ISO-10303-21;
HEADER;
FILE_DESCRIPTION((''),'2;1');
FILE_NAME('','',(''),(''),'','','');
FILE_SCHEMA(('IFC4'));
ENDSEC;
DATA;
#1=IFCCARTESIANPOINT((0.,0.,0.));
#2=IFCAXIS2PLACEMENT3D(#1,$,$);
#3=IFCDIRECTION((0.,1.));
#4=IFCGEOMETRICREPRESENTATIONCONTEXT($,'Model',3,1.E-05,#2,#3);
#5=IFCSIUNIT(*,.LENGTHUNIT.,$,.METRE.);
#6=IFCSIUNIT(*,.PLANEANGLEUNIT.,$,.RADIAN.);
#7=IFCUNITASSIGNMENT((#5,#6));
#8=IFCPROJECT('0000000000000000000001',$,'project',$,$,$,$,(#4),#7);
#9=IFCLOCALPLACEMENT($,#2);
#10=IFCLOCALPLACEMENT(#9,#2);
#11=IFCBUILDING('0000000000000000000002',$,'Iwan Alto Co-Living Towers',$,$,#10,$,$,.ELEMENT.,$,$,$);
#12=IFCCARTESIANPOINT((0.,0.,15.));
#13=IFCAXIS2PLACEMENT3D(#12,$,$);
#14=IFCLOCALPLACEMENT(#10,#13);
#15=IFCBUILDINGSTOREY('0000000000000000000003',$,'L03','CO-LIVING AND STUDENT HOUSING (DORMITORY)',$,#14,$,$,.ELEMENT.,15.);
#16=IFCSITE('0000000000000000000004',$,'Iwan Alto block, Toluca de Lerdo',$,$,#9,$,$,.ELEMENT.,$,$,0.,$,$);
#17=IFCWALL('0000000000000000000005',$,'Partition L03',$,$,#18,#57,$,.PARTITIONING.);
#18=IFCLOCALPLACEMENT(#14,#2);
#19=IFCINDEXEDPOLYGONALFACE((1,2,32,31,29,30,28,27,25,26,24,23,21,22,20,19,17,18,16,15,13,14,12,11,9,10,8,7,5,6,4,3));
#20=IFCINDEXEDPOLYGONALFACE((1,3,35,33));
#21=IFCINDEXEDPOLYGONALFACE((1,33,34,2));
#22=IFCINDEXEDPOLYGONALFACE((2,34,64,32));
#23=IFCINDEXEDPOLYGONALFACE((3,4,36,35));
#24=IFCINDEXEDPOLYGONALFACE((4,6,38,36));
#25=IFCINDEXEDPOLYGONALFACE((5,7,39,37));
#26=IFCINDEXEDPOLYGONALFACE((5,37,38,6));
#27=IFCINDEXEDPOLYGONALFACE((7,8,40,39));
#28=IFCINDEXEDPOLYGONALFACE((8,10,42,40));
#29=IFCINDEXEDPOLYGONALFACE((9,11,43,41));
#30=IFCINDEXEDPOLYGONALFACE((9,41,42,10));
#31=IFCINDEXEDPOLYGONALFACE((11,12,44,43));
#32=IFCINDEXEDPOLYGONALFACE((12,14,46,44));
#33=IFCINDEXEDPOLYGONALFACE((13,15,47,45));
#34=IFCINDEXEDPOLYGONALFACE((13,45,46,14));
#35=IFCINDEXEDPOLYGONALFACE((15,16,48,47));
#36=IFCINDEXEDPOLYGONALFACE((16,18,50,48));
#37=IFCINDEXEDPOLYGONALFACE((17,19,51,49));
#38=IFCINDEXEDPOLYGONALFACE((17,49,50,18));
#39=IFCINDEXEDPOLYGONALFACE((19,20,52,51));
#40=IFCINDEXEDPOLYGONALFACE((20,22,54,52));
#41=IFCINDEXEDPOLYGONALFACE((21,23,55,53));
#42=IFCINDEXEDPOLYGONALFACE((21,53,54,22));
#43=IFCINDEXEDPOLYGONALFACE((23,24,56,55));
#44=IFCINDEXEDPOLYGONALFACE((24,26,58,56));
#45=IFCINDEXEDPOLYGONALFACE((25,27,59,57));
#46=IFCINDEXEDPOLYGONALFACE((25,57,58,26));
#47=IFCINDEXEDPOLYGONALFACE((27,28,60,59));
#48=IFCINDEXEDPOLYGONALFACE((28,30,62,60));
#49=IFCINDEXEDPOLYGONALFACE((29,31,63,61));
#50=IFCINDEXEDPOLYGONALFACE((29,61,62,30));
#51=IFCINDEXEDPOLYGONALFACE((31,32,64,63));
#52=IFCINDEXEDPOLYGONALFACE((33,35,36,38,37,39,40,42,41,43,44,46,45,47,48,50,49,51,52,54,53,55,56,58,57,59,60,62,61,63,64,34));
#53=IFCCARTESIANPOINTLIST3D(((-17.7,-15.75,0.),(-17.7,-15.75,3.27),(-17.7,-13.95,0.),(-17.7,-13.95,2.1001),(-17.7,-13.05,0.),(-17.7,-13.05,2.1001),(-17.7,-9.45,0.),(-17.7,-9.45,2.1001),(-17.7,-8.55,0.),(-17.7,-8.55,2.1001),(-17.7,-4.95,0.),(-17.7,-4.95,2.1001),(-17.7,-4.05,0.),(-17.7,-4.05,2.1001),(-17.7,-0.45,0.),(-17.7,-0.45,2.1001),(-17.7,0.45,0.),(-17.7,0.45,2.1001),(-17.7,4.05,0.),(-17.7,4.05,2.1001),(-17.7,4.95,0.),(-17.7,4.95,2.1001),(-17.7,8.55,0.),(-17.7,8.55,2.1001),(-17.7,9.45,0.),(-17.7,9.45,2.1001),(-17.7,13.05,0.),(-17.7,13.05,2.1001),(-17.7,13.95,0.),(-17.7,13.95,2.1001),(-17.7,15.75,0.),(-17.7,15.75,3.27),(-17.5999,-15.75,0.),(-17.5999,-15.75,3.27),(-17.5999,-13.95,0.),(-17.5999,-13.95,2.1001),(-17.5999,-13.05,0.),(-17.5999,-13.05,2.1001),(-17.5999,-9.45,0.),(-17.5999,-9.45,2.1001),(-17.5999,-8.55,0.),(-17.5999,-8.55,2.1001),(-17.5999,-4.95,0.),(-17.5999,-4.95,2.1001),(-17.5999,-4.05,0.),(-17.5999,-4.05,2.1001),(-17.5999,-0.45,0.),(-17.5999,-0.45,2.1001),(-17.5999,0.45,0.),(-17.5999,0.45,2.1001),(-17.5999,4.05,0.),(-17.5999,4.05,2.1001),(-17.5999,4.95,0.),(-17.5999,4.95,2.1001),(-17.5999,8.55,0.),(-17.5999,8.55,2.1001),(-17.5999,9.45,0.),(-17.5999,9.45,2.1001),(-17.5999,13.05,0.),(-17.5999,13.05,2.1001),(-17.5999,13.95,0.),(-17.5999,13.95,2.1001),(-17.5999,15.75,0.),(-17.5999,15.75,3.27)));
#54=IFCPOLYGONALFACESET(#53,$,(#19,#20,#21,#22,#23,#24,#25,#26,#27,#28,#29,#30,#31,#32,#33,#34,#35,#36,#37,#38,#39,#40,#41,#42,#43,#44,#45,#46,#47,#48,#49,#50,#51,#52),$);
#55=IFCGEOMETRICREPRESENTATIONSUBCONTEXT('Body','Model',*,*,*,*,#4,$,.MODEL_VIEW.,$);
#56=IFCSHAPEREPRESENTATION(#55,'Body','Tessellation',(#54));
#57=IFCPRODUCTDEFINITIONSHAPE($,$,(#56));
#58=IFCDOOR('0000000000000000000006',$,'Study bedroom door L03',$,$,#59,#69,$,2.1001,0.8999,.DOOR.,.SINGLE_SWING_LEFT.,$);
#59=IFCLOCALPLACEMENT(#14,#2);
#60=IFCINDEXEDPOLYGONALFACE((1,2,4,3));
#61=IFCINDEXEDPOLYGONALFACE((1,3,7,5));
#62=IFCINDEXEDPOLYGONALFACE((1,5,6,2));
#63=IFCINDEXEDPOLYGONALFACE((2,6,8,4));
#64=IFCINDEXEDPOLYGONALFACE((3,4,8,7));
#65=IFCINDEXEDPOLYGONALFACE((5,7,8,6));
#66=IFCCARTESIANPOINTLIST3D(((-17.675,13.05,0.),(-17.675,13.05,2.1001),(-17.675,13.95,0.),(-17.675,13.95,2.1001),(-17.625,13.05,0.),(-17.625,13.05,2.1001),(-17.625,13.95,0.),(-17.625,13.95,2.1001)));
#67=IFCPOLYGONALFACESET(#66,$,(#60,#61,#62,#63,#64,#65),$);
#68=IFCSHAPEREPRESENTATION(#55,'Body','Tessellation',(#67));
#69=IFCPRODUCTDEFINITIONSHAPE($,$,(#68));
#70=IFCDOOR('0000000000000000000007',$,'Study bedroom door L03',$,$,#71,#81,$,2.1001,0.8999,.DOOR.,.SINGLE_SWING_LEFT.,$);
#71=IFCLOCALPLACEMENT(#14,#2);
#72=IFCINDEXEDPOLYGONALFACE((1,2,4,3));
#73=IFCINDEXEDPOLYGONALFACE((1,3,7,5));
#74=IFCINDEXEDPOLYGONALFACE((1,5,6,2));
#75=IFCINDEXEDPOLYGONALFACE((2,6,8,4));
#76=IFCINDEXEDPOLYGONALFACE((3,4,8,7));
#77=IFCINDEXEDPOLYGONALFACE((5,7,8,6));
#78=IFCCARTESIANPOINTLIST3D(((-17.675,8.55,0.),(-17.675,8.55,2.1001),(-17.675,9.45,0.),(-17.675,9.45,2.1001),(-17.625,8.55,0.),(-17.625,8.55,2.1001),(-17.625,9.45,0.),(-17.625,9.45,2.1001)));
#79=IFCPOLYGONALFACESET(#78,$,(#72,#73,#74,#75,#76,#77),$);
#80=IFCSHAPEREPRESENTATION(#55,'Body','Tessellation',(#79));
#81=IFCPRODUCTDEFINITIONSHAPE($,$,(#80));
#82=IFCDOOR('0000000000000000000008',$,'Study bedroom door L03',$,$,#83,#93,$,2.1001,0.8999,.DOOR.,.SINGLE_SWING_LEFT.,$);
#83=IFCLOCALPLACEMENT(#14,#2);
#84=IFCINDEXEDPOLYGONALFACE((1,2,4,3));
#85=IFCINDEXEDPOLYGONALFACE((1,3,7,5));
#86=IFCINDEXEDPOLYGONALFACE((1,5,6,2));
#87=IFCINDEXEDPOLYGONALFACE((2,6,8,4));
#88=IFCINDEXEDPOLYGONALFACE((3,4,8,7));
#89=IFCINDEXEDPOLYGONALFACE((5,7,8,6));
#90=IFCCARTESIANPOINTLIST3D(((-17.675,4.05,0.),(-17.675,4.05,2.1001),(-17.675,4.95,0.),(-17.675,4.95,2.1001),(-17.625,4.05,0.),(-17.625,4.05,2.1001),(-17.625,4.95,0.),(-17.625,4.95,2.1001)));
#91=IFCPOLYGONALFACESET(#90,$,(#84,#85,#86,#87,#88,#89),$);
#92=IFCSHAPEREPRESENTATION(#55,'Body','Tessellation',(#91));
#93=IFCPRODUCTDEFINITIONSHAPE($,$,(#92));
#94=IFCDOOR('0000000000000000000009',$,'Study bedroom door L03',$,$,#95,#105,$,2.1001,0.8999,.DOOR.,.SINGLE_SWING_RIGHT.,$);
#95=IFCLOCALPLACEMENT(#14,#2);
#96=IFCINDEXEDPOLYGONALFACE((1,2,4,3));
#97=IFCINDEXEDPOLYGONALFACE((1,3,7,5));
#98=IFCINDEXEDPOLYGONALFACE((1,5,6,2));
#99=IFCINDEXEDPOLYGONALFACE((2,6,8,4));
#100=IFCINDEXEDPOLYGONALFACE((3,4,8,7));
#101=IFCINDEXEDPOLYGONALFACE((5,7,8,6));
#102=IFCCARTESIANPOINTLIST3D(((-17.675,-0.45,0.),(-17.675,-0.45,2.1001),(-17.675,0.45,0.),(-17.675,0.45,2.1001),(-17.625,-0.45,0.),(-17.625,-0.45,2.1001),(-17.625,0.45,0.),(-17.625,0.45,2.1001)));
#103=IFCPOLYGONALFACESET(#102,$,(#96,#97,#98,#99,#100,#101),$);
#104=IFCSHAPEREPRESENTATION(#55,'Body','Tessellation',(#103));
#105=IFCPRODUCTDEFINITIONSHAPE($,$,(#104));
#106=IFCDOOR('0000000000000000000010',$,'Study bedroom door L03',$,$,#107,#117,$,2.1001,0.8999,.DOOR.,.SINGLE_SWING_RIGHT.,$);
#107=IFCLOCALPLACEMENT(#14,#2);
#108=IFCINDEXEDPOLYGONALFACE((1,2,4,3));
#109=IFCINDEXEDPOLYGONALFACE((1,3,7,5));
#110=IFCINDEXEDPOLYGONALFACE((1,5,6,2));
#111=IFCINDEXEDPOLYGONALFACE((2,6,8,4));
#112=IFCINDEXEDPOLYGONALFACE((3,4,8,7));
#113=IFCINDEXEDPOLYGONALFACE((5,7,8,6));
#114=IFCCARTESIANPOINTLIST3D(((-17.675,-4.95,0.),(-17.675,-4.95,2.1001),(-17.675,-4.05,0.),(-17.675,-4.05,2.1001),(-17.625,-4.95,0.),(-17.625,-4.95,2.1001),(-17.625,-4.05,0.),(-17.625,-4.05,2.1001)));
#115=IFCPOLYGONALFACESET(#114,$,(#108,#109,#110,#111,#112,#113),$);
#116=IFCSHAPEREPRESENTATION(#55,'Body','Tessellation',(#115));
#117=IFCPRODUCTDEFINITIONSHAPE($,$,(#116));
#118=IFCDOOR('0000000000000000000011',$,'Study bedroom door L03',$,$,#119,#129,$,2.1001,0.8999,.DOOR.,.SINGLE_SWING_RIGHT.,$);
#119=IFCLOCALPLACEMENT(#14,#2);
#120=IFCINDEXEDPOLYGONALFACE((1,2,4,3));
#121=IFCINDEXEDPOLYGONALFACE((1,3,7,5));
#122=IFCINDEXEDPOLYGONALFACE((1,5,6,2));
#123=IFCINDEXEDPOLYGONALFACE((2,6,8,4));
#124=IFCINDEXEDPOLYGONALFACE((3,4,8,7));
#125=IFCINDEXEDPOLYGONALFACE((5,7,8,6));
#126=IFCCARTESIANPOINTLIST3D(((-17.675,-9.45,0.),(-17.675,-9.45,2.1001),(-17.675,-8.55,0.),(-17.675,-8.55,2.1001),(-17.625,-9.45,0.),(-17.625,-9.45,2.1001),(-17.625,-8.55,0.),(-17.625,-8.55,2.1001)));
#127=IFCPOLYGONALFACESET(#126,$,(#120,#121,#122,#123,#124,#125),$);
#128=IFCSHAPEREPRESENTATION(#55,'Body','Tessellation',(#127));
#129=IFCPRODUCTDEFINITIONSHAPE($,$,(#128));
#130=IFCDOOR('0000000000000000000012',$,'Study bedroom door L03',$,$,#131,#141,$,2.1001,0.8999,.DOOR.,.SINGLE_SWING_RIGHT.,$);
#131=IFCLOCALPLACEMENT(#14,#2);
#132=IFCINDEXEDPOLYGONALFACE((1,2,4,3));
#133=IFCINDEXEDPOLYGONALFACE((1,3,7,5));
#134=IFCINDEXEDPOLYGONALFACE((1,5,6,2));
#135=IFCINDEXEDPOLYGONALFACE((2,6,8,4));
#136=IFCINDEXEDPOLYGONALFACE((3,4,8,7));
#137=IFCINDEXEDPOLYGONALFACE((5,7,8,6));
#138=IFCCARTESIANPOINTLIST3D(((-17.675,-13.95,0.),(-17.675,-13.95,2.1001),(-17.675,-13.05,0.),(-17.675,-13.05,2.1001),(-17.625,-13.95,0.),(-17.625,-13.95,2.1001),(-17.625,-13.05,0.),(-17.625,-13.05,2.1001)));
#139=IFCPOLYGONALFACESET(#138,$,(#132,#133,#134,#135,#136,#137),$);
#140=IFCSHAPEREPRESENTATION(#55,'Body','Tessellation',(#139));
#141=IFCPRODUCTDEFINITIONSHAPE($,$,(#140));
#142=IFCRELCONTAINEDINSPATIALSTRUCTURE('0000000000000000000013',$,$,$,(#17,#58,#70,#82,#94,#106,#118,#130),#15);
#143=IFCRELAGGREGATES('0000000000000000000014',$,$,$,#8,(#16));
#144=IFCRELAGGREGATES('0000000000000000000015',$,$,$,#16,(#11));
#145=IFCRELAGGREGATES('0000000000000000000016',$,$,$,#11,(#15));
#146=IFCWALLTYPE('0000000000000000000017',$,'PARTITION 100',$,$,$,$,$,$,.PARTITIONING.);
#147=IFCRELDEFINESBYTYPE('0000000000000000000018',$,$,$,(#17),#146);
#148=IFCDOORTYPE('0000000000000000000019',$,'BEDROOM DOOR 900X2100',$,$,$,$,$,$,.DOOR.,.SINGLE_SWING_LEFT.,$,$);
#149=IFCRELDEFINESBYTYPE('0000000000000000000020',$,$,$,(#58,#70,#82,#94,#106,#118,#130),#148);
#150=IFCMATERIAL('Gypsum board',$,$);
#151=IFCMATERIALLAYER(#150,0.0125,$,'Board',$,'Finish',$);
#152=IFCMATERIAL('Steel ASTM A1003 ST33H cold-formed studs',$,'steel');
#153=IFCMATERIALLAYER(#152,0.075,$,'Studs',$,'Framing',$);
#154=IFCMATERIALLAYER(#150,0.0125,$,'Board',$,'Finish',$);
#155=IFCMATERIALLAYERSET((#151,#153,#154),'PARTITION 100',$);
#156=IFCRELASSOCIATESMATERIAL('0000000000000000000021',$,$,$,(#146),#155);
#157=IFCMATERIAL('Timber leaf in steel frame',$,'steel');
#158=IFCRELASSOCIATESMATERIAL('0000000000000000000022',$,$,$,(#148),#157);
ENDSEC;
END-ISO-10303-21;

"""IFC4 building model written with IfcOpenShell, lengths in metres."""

from ifc_helpers import new_model, si_unit, direction, frame, frame_2d, origin, place, context, subcontext, project, spatial, rectangle, extrude, material, layer, layer_set, type_object, element, fill, save


model = new_model("IFC4")

# Units and contexts
model_context = context("Model", 3, precision=1e-05, world=origin(), true_north=direction((0.0, 1.0)))
body_context = subcontext(model_context, "Body", "Model", "MODEL_VIEW")
ifc_project = project(units=[si_unit("LENGTHUNIT", "METRE"), si_unit("PLANEANGLEUNIT", "RADIAN")], contexts=[model_context])

# Site, building, storey
site_placement = place(None, origin())
site = spatial("IfcSite", under=ifc_project, at=site_placement, Name="Iwan Alto block, Toluca de Lerdo", CompositionType="ELEMENT", RefElevation=0.0)
building_placement = place(site_placement, origin())
building = spatial("IfcBuilding", under=site, at=building_placement, Name="Iwan Alto Co-Living Towers", CompositionType="ELEMENT")
storey_placement = place(building_placement, frame((0.0, 0.0, 15.0)))
storey = spatial("IfcBuildingStorey", under=building, at=storey_placement, Name="L03", Description="CO-LIVING AND STUDENT HOUSING (DORMITORY)", CompositionType="ELEMENT", Elevation=15.0)

# Shared definitions
ifc_material_1 = material(Name="Gypsum board")
ifc_layer_1 = layer(ifc_material_1, 0.0125, Name="Board", Category="Finish")
ifc_material_2 = material(Name="Steel ASTM A1003 ST33H cold-formed studs", Category="steel")
ifc_layer_2 = layer(ifc_material_2, 0.075, Name="Studs", Category="Framing")
ifc_layer_3 = layer(ifc_material_1, 0.0125, Name="Board", Category="Finish")
ifc_layer_set = layer_set([ifc_layer_1, ifc_layer_2, ifc_layer_3], Name="PARTITION 100")
wall_type = type_object("IfcWallType", Name="PARTITION 100", PredefinedType="PARTITIONING", material=ifc_layer_set)
ifc_material_3 = material(Name="Timber leaf in steel frame", Category="steel")
door_type_1 = type_object("IfcDoorType", Name="BEDROOM DOOR 900X2100", OperationType="SINGLE_SWING_LEFT", PredefinedType="DOOR", material=ifc_material_3)

# Wall, openings, doors
wall_1_placement = place(storey_placement, frame((-17.6499, -15.75, 0.0), z_axis=(0.0, 0.0, 1.0), x_axis=(0.0, 1.0, 0.0)))
wall_1 = element("IfcWall", 1, at=wall_1_placement, inside=storey, type_object=wall_type, Name="Partition L03", PredefinedType="PARTITIONING", context=body_context, shape_type="SweptSolid", body=[
    extrude(rectangle(XDim=31.5, YDim=0.1001, at=frame_2d((15.75, 0.0))), origin(), (0.0, 0.0, 1.0), 3.27),
])
opening_1_placement = place(wall_1_placement, frame((28.8, 0.0, 0.0)))
opening_1 = element("IfcOpeningElement", 2, at=opening_1_placement, cuts=wall_1, PredefinedType="OPENING", context=body_context, shape_type="SweptSolid", body=[
    extrude(rectangle(XDim=0.8999, YDim=2.1001, at=frame_2d((0.45, 1.05))), frame((0.0, 0.0601, 0.0), z_axis=(0.0, -1.0, 0.0), x_axis=(1.0, 0.0, 0.0)), (0.0, 0.0, 1.0), 0.1201),
])
opening_2_placement = place(wall_1_placement, frame((24.3, 0.0, 0.0)))
opening_2 = element("IfcOpeningElement", 3, at=opening_2_placement, cuts=wall_1, PredefinedType="OPENING", context=body_context, shape_type="SweptSolid", body=[
    extrude(rectangle(XDim=0.8999, YDim=2.1001, at=frame_2d((0.45, 1.05))), frame((0.0, 0.0601, 0.0), z_axis=(0.0, -1.0, 0.0), x_axis=(1.0, 0.0, 0.0)), (0.0, 0.0, 1.0), 0.1201),
])
opening_3_placement = place(wall_1_placement, frame((19.8, 0.0, 0.0)))
opening_3 = element("IfcOpeningElement", 4, at=opening_3_placement, cuts=wall_1, PredefinedType="OPENING", context=body_context, shape_type="SweptSolid", body=[
    extrude(rectangle(XDim=0.8999, YDim=2.1001, at=frame_2d((0.45, 1.05))), frame((0.0, 0.0601, 0.0), z_axis=(0.0, -1.0, 0.0), x_axis=(1.0, 0.0, 0.0)), (0.0, 0.0, 1.0), 0.1201),
])
opening_4_placement = place(wall_1_placement, frame((15.3, 0.0, 0.0)))
opening_4 = element("IfcOpeningElement", 5, at=opening_4_placement, cuts=wall_1, PredefinedType="OPENING", context=body_context, shape_type="SweptSolid", body=[
    extrude(rectangle(XDim=0.8999, YDim=2.1001, at=frame_2d((0.45, 1.05))), frame((0.0, 0.0601, 0.0), z_axis=(0.0, -1.0, 0.0), x_axis=(1.0, 0.0, 0.0)), (0.0, 0.0, 1.0), 0.1201),
])
opening_5_placement = place(wall_1_placement, frame((10.8, 0.0, 0.0)))
opening_5 = element("IfcOpeningElement", 6, at=opening_5_placement, cuts=wall_1, PredefinedType="OPENING", context=body_context, shape_type="SweptSolid", body=[
    extrude(rectangle(XDim=0.8999, YDim=2.1001, at=frame_2d((0.45, 1.05))), frame((0.0, 0.0601, 0.0), z_axis=(0.0, -1.0, 0.0), x_axis=(1.0, 0.0, 0.0)), (0.0, 0.0, 1.0), 0.1201),
])
opening_6_placement = place(wall_1_placement, frame((6.3, 0.0, 0.0)))
opening_6 = element("IfcOpeningElement", 7, at=opening_6_placement, cuts=wall_1, PredefinedType="OPENING", context=body_context, shape_type="SweptSolid", body=[
    extrude(rectangle(XDim=0.8999, YDim=2.1001, at=frame_2d((0.45, 1.05))), frame((0.0, 0.0601, 0.0), z_axis=(0.0, -1.0, 0.0), x_axis=(1.0, 0.0, 0.0)), (0.0, 0.0, 1.0), 0.1201),
])
opening_7_placement = place(wall_1_placement, frame((1.8, 0.0, 0.0)))
opening_7 = element("IfcOpeningElement", 8, at=opening_7_placement, cuts=wall_1, PredefinedType="OPENING", context=body_context, shape_type="SweptSolid", body=[
    extrude(rectangle(XDim=0.8999, YDim=2.1001, at=frame_2d((0.45, 1.05))), frame((0.0, 0.0601, 0.0), z_axis=(0.0, -1.0, 0.0), x_axis=(1.0, 0.0, 0.0)), (0.0, 0.0, 1.0), 0.1201),
])
door_1_placement = place(opening_1_placement, frame((0.8999, 0.0, 0.0), z_axis=(0.0, 0.0, 1.0), x_axis=(-1.0, 0.0, 0.0)))
door_1 = element("IfcDoor", 9, at=door_1_placement, inside=storey, type_object=door_type_1, Name="Study bedroom door L03", OperationType="SINGLE_SWING_LEFT", OverallHeight=2.1001, OverallWidth=0.8999, PredefinedType="DOOR", context=body_context, shape_type="SweptSolid", body=[
    extrude(rectangle(XDim=0.8999, YDim=2.1001, at=frame_2d((0.45, 1.05))), frame((0.0, 0.0249, 0.0), z_axis=(0.0, -1.0, 0.0), x_axis=(1.0, 0.0, 0.0)), (0.0, 0.0, 1.0), 0.05),
])
fill(opening_1, door_1)
door_2_placement = place(opening_2_placement, frame((0.8999, 0.0, 0.0), z_axis=(0.0, 0.0, 1.0), x_axis=(-1.0, 0.0, 0.0)))
door_2 = element("IfcDoor", 10, at=door_2_placement, inside=storey, type_object=door_type_1, Name="Study bedroom door L03", OperationType="SINGLE_SWING_LEFT", OverallHeight=2.1001, OverallWidth=0.8999, PredefinedType="DOOR", context=body_context, shape_type="SweptSolid", body=[
    extrude(rectangle(XDim=0.8999, YDim=2.1001, at=frame_2d((0.45, 1.05))), frame((0.0, 0.0249, 0.0), z_axis=(0.0, -1.0, 0.0), x_axis=(1.0, 0.0, 0.0)), (0.0, 0.0, 1.0), 0.05),
])
fill(opening_2, door_2)
door_3_placement = place(opening_3_placement, frame((0.8999, 0.0, 0.0), z_axis=(0.0, 0.0, 1.0), x_axis=(-1.0, 0.0, 0.0)))
door_3 = element("IfcDoor", 11, at=door_3_placement, inside=storey, type_object=door_type_1, Name="Study bedroom door L03", OperationType="SINGLE_SWING_LEFT", OverallHeight=2.1001, OverallWidth=0.8999, PredefinedType="DOOR", context=body_context, shape_type="SweptSolid", body=[
    extrude(rectangle(XDim=0.8999, YDim=2.1001, at=frame_2d((0.45, 1.05))), frame((0.0, 0.0249, 0.0), z_axis=(0.0, -1.0, 0.0), x_axis=(1.0, 0.0, 0.0)), (0.0, 0.0, 1.0), 0.05),
])
fill(opening_3, door_3)
door_4_placement = place(opening_4_placement, frame((0.8999, 0.0, 0.0), z_axis=(0.0, 0.0, 1.0), x_axis=(-1.0, 0.0, 0.0)))
door_4 = element("IfcDoor", 12, at=door_4_placement, inside=storey, type_object=door_type_1, Name="Study bedroom door L03", OperationType="SINGLE_SWING_RIGHT", OverallHeight=2.1001, OverallWidth=0.8999, PredefinedType="DOOR", context=body_context, shape_type="SweptSolid", body=[
    extrude(rectangle(XDim=0.8999, YDim=2.1001, at=frame_2d((0.45, 1.05))), frame((0.0, 0.0249, 0.0), z_axis=(0.0, -1.0, 0.0), x_axis=(1.0, 0.0, 0.0)), (0.0, 0.0, 1.0), 0.05),
])
fill(opening_4, door_4)
door_5_placement = place(opening_5_placement, frame((0.8999, 0.0, 0.0), z_axis=(0.0, 0.0, 1.0), x_axis=(-1.0, 0.0, 0.0)))
door_5 = element("IfcDoor", 13, at=door_5_placement, inside=storey, type_object=door_type_1, Name="Study bedroom door L03", OperationType="SINGLE_SWING_RIGHT", OverallHeight=2.1001, OverallWidth=0.8999, PredefinedType="DOOR", context=body_context, shape_type="SweptSolid", body=[
    extrude(rectangle(XDim=0.8999, YDim=2.1001, at=frame_2d((0.45, 1.05))), frame((0.0, 0.0249, 0.0), z_axis=(0.0, -1.0, 0.0), x_axis=(1.0, 0.0, 0.0)), (0.0, 0.0, 1.0), 0.05),
])
fill(opening_5, door_5)
door_6_placement = place(opening_6_placement, frame((0.8999, 0.0, 0.0), z_axis=(0.0, 0.0, 1.0), x_axis=(-1.0, 0.0, 0.0)))
door_6 = element("IfcDoor", 14, at=door_6_placement, inside=storey, type_object=door_type_1, Name="Study bedroom door L03", OperationType="SINGLE_SWING_RIGHT", OverallHeight=2.1001, OverallWidth=0.8999, PredefinedType="DOOR", context=body_context, shape_type="SweptSolid", body=[
    extrude(rectangle(XDim=0.8999, YDim=2.1001, at=frame_2d((0.45, 1.05))), frame((0.0, 0.0249, 0.0), z_axis=(0.0, -1.0, 0.0), x_axis=(1.0, 0.0, 0.0)), (0.0, 0.0, 1.0), 0.05),
])
fill(opening_6, door_6)
door_7_placement = place(opening_7_placement, frame((0.8999, 0.0, 0.0), z_axis=(0.0, 0.0, 1.0), x_axis=(-1.0, 0.0, 0.0)))
door_7 = element("IfcDoor", 15, at=door_7_placement, inside=storey, type_object=door_type_1, Name="Study bedroom door L03", OperationType="SINGLE_SWING_RIGHT", OverallHeight=2.1001, OverallWidth=0.8999, PredefinedType="DOOR", context=body_context, shape_type="SweptSolid", body=[
    extrude(rectangle(XDim=0.8999, YDim=2.1001, at=frame_2d((0.45, 1.05))), frame((0.0, 0.0249, 0.0), z_axis=(0.0, -1.0, 0.0), x_axis=(1.0, 0.0, 0.0)), (0.0, 0.0, 1.0), 0.05),
])
fill(opening_7, door_7)

save(model, "model.ifc")
